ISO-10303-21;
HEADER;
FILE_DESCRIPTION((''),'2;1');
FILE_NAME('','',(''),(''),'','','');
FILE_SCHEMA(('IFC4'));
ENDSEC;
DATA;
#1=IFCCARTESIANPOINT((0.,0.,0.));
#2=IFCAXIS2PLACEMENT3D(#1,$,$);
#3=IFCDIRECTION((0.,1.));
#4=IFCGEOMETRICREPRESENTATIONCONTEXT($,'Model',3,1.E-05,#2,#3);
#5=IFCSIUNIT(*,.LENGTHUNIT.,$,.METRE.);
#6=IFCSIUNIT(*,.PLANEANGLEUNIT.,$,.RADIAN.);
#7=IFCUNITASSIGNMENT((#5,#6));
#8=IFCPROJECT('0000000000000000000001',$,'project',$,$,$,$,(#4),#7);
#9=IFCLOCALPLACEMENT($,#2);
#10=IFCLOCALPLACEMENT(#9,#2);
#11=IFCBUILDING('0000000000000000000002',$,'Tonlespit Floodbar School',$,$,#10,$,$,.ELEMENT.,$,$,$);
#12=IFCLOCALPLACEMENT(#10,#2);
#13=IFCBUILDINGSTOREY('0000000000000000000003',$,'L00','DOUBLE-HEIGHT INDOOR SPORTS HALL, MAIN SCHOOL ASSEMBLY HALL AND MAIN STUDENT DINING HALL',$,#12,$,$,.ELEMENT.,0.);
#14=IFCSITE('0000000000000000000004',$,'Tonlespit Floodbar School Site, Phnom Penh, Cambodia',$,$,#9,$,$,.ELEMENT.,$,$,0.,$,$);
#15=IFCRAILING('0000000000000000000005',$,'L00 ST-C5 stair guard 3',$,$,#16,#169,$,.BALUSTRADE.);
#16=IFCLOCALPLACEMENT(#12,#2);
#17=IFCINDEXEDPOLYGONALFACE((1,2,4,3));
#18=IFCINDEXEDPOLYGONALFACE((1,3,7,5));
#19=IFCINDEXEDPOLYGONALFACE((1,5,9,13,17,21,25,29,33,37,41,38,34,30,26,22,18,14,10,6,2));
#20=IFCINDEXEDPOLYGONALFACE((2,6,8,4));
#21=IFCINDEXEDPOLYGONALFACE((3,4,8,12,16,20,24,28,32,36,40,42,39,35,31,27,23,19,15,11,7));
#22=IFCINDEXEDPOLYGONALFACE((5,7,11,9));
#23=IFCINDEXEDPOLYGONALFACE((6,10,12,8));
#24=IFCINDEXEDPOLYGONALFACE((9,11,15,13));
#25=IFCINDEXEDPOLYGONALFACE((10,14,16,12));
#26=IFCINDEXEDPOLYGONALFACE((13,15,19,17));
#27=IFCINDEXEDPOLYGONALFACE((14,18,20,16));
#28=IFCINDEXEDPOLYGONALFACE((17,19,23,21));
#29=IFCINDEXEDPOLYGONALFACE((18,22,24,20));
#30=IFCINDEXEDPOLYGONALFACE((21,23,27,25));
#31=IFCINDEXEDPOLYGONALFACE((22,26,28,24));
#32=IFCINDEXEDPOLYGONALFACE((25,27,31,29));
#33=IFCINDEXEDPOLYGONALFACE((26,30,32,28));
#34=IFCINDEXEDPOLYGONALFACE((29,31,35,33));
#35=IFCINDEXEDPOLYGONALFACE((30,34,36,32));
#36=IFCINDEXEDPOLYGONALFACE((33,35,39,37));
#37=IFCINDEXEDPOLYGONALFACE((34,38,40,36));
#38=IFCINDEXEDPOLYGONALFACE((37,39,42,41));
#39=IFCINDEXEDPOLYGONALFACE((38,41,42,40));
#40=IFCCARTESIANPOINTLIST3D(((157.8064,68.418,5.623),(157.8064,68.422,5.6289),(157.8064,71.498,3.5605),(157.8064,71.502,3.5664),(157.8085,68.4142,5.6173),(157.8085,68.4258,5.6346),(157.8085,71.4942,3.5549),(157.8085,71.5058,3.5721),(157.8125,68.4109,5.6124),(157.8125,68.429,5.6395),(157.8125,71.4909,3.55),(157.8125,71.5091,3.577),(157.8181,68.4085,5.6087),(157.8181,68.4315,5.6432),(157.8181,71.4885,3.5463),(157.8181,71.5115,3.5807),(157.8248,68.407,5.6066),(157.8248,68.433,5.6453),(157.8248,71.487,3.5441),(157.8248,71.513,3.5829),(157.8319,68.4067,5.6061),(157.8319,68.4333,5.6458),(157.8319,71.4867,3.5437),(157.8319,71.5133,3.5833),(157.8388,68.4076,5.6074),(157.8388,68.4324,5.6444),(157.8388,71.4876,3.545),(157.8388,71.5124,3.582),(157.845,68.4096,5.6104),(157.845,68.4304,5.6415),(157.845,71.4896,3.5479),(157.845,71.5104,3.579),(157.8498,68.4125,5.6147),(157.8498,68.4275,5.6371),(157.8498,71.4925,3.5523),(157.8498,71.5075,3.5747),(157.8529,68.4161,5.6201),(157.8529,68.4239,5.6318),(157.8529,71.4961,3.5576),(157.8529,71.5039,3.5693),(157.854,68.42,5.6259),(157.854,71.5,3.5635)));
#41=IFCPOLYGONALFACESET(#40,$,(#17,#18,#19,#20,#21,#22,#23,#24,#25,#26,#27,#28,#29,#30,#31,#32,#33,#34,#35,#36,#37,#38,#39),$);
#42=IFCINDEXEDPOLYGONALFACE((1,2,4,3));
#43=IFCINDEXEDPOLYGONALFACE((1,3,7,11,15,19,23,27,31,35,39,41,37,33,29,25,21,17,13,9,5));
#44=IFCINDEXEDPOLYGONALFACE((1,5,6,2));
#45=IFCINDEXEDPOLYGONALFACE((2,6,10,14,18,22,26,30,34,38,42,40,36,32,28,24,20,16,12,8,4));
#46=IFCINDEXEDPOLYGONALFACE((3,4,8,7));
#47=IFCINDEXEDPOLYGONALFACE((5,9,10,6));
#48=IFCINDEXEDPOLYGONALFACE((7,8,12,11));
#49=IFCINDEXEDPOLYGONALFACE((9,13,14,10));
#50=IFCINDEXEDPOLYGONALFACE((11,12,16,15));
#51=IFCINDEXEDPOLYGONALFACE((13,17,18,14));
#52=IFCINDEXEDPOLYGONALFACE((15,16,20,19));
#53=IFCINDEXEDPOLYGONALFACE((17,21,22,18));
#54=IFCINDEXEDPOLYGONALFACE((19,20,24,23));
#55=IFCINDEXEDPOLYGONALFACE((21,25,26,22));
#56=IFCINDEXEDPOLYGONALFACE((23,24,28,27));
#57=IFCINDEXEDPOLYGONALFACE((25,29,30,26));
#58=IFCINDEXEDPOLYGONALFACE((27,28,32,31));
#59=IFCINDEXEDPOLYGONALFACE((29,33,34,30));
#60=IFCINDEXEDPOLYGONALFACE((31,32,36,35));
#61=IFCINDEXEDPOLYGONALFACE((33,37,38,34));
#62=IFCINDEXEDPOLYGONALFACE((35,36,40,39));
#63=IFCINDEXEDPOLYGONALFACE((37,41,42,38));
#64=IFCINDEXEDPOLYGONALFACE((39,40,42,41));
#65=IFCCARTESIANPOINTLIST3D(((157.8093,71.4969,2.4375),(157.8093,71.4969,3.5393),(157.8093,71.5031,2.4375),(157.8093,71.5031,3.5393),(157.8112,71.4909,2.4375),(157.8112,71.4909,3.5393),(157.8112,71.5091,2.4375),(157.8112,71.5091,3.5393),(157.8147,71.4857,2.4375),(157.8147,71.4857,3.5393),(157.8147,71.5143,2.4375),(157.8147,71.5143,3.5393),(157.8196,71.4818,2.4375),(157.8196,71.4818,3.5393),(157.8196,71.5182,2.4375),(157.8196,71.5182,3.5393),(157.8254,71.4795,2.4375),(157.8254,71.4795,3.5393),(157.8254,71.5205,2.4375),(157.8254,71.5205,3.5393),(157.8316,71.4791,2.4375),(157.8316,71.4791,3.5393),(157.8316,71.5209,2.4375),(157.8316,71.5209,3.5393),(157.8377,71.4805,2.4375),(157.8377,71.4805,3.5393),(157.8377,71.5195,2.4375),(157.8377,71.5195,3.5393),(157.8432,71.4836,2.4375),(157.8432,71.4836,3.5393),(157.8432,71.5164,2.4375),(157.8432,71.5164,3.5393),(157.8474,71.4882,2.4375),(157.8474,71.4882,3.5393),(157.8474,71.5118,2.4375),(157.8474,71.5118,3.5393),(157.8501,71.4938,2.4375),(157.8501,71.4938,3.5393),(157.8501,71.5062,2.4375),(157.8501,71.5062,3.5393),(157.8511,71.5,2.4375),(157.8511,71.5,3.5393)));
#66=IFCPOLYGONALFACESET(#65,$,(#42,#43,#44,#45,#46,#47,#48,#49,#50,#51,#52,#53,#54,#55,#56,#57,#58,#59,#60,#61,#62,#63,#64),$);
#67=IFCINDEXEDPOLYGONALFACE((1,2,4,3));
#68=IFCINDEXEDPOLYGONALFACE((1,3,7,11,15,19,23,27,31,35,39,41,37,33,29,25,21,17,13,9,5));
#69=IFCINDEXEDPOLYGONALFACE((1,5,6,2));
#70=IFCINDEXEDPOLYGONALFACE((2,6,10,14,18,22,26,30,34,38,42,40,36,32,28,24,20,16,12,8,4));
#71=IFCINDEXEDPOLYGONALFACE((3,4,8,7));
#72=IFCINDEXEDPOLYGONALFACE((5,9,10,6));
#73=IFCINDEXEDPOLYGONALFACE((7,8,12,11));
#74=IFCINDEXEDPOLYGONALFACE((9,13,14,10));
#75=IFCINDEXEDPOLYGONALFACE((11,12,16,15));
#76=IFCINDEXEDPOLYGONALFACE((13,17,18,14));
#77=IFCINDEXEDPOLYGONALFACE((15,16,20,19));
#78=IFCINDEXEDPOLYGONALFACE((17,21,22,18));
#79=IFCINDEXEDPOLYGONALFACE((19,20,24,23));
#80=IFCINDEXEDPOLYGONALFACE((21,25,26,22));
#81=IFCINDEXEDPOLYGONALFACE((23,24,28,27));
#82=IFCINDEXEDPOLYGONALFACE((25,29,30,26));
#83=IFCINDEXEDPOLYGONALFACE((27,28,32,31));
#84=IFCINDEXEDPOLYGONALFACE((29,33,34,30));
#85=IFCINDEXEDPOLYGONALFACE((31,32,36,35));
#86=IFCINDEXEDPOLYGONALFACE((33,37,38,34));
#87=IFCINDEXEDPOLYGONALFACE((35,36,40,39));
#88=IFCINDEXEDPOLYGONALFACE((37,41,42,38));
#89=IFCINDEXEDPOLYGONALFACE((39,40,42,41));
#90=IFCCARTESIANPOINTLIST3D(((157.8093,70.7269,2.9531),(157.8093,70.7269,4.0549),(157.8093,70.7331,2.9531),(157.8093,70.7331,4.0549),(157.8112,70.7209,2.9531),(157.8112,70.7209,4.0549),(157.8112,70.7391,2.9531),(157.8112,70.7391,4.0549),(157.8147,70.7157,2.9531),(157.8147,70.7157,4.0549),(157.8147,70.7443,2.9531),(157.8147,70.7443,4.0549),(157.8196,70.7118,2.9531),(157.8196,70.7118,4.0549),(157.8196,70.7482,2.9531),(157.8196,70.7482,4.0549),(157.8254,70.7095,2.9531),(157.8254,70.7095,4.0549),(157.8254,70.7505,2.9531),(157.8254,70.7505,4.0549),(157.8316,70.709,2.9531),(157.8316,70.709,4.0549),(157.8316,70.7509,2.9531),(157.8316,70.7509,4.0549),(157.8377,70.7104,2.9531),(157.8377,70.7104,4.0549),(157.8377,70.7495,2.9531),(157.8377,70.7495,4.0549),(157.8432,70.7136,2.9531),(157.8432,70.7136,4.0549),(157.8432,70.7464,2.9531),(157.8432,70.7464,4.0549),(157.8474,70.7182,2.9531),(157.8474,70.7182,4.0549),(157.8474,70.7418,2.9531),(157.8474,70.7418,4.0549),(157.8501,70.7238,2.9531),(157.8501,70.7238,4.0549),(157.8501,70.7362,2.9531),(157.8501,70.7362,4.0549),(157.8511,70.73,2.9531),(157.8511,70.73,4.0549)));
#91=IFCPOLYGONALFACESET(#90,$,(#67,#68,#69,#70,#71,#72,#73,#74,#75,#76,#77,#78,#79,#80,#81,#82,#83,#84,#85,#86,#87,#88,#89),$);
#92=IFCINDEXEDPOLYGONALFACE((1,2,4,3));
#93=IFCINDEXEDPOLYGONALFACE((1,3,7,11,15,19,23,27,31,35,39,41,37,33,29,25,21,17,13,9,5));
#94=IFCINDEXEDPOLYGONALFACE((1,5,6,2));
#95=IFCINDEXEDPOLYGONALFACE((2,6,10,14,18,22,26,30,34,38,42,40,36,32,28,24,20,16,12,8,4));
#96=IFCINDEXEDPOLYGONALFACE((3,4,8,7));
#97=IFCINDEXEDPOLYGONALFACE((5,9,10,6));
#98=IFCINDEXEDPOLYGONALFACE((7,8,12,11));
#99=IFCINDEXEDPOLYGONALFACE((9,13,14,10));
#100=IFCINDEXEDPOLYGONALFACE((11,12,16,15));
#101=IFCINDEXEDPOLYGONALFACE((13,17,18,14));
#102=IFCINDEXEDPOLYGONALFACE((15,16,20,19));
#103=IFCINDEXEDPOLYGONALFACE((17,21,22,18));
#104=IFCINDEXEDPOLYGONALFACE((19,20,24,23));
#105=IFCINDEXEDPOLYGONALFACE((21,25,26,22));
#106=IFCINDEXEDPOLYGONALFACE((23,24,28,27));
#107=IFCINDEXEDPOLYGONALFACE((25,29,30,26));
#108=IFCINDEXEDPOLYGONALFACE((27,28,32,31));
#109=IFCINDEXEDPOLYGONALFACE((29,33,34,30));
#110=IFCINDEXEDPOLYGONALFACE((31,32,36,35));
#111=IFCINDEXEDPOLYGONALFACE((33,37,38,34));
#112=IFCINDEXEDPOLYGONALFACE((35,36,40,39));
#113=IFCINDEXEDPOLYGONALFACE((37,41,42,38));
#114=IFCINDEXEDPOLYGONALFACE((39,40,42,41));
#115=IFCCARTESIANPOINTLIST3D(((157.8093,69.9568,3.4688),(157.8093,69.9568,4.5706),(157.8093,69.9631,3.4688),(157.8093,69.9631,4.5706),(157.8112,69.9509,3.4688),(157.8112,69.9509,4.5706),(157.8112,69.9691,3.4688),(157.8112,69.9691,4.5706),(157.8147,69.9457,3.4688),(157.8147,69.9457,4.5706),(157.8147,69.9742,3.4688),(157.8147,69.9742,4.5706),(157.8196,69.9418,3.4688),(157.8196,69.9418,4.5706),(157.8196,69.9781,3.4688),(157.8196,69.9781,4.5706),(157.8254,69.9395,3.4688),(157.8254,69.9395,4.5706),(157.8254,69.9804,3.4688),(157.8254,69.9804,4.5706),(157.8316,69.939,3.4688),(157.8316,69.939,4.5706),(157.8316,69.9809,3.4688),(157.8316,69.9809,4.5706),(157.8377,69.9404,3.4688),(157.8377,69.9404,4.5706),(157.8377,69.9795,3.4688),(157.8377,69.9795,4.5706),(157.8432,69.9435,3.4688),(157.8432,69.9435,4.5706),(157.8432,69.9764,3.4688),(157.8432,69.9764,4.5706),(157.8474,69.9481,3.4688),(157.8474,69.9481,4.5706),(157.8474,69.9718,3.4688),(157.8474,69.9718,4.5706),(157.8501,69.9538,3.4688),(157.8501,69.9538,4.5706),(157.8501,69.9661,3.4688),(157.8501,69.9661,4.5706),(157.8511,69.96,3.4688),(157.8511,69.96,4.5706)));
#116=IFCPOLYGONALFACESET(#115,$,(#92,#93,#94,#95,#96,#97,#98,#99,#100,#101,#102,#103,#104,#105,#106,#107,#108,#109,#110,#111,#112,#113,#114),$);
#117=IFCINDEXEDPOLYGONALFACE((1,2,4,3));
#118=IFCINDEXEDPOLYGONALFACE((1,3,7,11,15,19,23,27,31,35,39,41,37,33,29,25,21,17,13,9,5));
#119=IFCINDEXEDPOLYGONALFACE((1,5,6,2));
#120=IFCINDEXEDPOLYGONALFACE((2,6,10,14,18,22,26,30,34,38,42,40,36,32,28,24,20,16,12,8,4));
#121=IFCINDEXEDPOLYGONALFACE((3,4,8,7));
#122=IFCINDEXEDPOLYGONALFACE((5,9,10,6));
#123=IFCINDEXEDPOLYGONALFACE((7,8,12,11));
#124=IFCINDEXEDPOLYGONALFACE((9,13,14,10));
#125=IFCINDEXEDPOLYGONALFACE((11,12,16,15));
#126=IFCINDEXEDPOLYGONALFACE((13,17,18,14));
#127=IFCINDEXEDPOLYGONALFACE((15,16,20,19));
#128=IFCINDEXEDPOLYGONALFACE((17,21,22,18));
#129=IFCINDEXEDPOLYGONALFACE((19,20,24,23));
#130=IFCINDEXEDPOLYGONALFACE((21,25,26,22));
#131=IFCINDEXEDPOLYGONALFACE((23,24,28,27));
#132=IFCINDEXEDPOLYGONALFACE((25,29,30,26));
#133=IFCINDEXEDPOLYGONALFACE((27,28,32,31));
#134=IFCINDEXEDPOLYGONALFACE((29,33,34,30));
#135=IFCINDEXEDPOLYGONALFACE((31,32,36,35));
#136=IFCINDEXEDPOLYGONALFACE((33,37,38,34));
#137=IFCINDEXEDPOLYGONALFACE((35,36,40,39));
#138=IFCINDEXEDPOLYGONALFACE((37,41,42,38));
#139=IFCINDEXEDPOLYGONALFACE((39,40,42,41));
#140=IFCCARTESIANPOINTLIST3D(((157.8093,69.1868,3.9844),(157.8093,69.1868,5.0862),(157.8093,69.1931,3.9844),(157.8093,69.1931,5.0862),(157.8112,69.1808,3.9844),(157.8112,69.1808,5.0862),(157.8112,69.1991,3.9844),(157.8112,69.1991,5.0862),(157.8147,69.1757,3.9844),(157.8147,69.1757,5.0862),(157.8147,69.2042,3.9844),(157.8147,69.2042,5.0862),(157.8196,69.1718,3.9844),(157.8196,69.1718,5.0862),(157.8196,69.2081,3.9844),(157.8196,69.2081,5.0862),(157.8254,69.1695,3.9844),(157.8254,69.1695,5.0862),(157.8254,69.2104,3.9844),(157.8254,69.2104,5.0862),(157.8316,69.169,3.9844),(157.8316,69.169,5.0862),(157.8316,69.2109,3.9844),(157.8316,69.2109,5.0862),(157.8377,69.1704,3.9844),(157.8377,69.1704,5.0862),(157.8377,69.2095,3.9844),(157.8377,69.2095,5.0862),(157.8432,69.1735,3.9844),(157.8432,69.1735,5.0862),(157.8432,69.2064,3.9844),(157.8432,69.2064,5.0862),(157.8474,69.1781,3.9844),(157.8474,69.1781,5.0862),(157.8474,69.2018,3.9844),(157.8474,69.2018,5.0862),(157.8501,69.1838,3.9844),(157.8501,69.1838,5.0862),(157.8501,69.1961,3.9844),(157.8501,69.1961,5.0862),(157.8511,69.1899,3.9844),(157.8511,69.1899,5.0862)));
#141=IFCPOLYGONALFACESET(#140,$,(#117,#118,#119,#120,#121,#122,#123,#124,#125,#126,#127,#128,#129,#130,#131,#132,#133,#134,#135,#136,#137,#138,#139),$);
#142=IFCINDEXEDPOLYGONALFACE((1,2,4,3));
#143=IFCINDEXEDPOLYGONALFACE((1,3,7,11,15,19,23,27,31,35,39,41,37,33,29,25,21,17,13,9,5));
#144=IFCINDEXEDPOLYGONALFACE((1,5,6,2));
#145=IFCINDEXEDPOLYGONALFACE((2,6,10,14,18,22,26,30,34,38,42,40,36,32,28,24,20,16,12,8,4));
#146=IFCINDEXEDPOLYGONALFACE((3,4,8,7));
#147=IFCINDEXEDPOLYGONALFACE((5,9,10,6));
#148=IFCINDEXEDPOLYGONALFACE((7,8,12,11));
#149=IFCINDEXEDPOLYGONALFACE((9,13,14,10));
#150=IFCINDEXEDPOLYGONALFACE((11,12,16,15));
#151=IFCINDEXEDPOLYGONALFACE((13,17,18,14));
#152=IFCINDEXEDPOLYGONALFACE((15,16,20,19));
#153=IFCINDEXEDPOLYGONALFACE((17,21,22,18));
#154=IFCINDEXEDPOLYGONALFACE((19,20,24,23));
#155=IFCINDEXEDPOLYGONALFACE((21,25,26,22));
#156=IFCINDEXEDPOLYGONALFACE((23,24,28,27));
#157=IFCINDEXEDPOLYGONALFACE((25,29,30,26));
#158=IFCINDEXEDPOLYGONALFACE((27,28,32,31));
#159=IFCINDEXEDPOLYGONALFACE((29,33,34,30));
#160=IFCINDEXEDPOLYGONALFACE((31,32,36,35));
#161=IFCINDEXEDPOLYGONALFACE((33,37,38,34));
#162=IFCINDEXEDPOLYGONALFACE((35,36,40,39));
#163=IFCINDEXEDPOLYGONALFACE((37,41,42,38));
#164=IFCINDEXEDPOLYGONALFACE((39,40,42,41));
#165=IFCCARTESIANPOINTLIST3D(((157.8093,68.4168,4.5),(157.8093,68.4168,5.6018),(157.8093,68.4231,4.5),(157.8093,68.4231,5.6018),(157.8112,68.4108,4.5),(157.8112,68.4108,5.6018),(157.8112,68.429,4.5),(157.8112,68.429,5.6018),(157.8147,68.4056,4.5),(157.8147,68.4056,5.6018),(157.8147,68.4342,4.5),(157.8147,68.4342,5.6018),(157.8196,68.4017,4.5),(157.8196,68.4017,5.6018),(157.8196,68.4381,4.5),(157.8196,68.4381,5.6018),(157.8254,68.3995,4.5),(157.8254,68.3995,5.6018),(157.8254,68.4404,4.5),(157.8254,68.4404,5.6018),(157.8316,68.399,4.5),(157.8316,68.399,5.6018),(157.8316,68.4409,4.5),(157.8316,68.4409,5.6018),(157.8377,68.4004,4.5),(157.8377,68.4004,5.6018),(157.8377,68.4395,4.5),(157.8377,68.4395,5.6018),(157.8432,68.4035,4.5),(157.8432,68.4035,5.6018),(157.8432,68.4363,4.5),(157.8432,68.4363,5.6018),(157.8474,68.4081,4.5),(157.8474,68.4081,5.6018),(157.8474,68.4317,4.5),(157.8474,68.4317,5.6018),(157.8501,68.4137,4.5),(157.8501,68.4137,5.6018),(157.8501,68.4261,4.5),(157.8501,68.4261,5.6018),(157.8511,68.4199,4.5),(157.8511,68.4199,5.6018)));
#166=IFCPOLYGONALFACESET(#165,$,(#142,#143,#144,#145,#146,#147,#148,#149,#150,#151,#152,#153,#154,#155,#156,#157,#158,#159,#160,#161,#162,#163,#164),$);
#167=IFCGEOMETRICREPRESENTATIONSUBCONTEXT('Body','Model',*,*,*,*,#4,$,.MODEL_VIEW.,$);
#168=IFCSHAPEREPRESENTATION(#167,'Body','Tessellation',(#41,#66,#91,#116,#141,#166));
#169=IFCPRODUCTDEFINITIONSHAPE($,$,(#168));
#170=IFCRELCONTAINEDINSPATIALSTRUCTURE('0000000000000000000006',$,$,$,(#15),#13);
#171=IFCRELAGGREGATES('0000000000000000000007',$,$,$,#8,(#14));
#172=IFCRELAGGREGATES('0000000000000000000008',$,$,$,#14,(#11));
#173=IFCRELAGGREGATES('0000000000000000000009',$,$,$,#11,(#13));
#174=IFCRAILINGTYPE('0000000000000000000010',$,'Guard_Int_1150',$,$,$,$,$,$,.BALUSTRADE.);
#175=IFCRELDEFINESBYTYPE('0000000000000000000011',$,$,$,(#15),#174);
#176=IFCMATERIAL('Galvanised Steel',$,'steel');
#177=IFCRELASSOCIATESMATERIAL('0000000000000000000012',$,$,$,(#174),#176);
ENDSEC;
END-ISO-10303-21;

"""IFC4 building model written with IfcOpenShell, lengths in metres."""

from ifc_helpers import new_model, si_unit, direction, frame, origin, origin_2d, place, context, subcontext, project, spatial, circle, extrude, material, type_object, element, save


model = new_model("IFC4")

# Units and contexts
model_context = context("Model", 3, precision=1e-05, world=origin(), true_north=direction((0.0, 1.0)))
body_context = subcontext(model_context, "Body", "Model", "MODEL_VIEW")
ifc_project = project(units=[si_unit("LENGTHUNIT", "METRE"), si_unit("PLANEANGLEUNIT", "RADIAN")], contexts=[model_context])

# Site, building, storey
site_placement = place(None, origin())
site = spatial("IfcSite", under=ifc_project, at=site_placement, Name="Tonlespit Floodbar School Site, Phnom Penh, Cambodia", CompositionType="ELEMENT", RefElevation=0.0)
building_placement = place(site_placement, origin())
building = spatial("IfcBuilding", under=site, at=building_placement, Name="Tonlespit Floodbar School", CompositionType="ELEMENT")
storey_placement = place(building_placement, origin())
storey = spatial("IfcBuildingStorey", under=building, at=storey_placement, Name="L00", Description="DOUBLE-HEIGHT INDOOR SPORTS HALL, MAIN SCHOOL ASSEMBLY HALL AND MAIN STUDENT DINING HALL", CompositionType="ELEMENT", Elevation=0.0)

# Shared definitions
ifc_material_1 = material(Name="Galvanised Steel", Category="steel")

# Railing
railing_type_1 = type_object("IfcRailingType", Name="Guard_Int_1150", PredefinedType="BALUSTRADE", material=ifc_material_1)
railing_1_placement = place(storey_placement, frame((157.8301, 71.5, 2.4375)))
element("IfcRailing", 1, at=railing_1_placement, inside=storey, type_object=railing_type_1, Name="L00 ST-C5 stair guard 3", PredefinedType="BALUSTRADE", context=body_context, shape_type="SweptSolid", body=[
    extrude(circle(Radius=0.0239, at=origin_2d()), frame((0.0, 0.0, 1.126), z_axis=(0.0, -0.830914, 0.556401), x_axis=(1.0, 0.0, 0.0)), (0.0, 0.0, 1.0), 3.7068),
    extrude(circle(Radius=0.021, at=origin_2d()), origin(), (0.0, 0.0, 1.0), 1.1018),
    extrude(circle(Radius=0.021, at=origin_2d()), frame((0.0, -0.77, 0.5156)), (0.0, 0.0, 1.0), 1.1018),
    extrude(circle(Radius=0.021, at=origin_2d()), frame((0.0, -1.54, 1.0312)), (0.0, 0.0, 1.0), 1.1018),
    extrude(circle(Radius=0.021, at=origin_2d()), frame((0.0, -2.3101, 1.5469)), (0.0, 0.0, 1.0), 1.1018),
    extrude(circle(Radius=0.021, at=origin_2d()), frame((0.0, -3.0801, 2.0625)), (0.0, 0.0, 1.0), 1.1018),
])

save(model, "model.ifc")
